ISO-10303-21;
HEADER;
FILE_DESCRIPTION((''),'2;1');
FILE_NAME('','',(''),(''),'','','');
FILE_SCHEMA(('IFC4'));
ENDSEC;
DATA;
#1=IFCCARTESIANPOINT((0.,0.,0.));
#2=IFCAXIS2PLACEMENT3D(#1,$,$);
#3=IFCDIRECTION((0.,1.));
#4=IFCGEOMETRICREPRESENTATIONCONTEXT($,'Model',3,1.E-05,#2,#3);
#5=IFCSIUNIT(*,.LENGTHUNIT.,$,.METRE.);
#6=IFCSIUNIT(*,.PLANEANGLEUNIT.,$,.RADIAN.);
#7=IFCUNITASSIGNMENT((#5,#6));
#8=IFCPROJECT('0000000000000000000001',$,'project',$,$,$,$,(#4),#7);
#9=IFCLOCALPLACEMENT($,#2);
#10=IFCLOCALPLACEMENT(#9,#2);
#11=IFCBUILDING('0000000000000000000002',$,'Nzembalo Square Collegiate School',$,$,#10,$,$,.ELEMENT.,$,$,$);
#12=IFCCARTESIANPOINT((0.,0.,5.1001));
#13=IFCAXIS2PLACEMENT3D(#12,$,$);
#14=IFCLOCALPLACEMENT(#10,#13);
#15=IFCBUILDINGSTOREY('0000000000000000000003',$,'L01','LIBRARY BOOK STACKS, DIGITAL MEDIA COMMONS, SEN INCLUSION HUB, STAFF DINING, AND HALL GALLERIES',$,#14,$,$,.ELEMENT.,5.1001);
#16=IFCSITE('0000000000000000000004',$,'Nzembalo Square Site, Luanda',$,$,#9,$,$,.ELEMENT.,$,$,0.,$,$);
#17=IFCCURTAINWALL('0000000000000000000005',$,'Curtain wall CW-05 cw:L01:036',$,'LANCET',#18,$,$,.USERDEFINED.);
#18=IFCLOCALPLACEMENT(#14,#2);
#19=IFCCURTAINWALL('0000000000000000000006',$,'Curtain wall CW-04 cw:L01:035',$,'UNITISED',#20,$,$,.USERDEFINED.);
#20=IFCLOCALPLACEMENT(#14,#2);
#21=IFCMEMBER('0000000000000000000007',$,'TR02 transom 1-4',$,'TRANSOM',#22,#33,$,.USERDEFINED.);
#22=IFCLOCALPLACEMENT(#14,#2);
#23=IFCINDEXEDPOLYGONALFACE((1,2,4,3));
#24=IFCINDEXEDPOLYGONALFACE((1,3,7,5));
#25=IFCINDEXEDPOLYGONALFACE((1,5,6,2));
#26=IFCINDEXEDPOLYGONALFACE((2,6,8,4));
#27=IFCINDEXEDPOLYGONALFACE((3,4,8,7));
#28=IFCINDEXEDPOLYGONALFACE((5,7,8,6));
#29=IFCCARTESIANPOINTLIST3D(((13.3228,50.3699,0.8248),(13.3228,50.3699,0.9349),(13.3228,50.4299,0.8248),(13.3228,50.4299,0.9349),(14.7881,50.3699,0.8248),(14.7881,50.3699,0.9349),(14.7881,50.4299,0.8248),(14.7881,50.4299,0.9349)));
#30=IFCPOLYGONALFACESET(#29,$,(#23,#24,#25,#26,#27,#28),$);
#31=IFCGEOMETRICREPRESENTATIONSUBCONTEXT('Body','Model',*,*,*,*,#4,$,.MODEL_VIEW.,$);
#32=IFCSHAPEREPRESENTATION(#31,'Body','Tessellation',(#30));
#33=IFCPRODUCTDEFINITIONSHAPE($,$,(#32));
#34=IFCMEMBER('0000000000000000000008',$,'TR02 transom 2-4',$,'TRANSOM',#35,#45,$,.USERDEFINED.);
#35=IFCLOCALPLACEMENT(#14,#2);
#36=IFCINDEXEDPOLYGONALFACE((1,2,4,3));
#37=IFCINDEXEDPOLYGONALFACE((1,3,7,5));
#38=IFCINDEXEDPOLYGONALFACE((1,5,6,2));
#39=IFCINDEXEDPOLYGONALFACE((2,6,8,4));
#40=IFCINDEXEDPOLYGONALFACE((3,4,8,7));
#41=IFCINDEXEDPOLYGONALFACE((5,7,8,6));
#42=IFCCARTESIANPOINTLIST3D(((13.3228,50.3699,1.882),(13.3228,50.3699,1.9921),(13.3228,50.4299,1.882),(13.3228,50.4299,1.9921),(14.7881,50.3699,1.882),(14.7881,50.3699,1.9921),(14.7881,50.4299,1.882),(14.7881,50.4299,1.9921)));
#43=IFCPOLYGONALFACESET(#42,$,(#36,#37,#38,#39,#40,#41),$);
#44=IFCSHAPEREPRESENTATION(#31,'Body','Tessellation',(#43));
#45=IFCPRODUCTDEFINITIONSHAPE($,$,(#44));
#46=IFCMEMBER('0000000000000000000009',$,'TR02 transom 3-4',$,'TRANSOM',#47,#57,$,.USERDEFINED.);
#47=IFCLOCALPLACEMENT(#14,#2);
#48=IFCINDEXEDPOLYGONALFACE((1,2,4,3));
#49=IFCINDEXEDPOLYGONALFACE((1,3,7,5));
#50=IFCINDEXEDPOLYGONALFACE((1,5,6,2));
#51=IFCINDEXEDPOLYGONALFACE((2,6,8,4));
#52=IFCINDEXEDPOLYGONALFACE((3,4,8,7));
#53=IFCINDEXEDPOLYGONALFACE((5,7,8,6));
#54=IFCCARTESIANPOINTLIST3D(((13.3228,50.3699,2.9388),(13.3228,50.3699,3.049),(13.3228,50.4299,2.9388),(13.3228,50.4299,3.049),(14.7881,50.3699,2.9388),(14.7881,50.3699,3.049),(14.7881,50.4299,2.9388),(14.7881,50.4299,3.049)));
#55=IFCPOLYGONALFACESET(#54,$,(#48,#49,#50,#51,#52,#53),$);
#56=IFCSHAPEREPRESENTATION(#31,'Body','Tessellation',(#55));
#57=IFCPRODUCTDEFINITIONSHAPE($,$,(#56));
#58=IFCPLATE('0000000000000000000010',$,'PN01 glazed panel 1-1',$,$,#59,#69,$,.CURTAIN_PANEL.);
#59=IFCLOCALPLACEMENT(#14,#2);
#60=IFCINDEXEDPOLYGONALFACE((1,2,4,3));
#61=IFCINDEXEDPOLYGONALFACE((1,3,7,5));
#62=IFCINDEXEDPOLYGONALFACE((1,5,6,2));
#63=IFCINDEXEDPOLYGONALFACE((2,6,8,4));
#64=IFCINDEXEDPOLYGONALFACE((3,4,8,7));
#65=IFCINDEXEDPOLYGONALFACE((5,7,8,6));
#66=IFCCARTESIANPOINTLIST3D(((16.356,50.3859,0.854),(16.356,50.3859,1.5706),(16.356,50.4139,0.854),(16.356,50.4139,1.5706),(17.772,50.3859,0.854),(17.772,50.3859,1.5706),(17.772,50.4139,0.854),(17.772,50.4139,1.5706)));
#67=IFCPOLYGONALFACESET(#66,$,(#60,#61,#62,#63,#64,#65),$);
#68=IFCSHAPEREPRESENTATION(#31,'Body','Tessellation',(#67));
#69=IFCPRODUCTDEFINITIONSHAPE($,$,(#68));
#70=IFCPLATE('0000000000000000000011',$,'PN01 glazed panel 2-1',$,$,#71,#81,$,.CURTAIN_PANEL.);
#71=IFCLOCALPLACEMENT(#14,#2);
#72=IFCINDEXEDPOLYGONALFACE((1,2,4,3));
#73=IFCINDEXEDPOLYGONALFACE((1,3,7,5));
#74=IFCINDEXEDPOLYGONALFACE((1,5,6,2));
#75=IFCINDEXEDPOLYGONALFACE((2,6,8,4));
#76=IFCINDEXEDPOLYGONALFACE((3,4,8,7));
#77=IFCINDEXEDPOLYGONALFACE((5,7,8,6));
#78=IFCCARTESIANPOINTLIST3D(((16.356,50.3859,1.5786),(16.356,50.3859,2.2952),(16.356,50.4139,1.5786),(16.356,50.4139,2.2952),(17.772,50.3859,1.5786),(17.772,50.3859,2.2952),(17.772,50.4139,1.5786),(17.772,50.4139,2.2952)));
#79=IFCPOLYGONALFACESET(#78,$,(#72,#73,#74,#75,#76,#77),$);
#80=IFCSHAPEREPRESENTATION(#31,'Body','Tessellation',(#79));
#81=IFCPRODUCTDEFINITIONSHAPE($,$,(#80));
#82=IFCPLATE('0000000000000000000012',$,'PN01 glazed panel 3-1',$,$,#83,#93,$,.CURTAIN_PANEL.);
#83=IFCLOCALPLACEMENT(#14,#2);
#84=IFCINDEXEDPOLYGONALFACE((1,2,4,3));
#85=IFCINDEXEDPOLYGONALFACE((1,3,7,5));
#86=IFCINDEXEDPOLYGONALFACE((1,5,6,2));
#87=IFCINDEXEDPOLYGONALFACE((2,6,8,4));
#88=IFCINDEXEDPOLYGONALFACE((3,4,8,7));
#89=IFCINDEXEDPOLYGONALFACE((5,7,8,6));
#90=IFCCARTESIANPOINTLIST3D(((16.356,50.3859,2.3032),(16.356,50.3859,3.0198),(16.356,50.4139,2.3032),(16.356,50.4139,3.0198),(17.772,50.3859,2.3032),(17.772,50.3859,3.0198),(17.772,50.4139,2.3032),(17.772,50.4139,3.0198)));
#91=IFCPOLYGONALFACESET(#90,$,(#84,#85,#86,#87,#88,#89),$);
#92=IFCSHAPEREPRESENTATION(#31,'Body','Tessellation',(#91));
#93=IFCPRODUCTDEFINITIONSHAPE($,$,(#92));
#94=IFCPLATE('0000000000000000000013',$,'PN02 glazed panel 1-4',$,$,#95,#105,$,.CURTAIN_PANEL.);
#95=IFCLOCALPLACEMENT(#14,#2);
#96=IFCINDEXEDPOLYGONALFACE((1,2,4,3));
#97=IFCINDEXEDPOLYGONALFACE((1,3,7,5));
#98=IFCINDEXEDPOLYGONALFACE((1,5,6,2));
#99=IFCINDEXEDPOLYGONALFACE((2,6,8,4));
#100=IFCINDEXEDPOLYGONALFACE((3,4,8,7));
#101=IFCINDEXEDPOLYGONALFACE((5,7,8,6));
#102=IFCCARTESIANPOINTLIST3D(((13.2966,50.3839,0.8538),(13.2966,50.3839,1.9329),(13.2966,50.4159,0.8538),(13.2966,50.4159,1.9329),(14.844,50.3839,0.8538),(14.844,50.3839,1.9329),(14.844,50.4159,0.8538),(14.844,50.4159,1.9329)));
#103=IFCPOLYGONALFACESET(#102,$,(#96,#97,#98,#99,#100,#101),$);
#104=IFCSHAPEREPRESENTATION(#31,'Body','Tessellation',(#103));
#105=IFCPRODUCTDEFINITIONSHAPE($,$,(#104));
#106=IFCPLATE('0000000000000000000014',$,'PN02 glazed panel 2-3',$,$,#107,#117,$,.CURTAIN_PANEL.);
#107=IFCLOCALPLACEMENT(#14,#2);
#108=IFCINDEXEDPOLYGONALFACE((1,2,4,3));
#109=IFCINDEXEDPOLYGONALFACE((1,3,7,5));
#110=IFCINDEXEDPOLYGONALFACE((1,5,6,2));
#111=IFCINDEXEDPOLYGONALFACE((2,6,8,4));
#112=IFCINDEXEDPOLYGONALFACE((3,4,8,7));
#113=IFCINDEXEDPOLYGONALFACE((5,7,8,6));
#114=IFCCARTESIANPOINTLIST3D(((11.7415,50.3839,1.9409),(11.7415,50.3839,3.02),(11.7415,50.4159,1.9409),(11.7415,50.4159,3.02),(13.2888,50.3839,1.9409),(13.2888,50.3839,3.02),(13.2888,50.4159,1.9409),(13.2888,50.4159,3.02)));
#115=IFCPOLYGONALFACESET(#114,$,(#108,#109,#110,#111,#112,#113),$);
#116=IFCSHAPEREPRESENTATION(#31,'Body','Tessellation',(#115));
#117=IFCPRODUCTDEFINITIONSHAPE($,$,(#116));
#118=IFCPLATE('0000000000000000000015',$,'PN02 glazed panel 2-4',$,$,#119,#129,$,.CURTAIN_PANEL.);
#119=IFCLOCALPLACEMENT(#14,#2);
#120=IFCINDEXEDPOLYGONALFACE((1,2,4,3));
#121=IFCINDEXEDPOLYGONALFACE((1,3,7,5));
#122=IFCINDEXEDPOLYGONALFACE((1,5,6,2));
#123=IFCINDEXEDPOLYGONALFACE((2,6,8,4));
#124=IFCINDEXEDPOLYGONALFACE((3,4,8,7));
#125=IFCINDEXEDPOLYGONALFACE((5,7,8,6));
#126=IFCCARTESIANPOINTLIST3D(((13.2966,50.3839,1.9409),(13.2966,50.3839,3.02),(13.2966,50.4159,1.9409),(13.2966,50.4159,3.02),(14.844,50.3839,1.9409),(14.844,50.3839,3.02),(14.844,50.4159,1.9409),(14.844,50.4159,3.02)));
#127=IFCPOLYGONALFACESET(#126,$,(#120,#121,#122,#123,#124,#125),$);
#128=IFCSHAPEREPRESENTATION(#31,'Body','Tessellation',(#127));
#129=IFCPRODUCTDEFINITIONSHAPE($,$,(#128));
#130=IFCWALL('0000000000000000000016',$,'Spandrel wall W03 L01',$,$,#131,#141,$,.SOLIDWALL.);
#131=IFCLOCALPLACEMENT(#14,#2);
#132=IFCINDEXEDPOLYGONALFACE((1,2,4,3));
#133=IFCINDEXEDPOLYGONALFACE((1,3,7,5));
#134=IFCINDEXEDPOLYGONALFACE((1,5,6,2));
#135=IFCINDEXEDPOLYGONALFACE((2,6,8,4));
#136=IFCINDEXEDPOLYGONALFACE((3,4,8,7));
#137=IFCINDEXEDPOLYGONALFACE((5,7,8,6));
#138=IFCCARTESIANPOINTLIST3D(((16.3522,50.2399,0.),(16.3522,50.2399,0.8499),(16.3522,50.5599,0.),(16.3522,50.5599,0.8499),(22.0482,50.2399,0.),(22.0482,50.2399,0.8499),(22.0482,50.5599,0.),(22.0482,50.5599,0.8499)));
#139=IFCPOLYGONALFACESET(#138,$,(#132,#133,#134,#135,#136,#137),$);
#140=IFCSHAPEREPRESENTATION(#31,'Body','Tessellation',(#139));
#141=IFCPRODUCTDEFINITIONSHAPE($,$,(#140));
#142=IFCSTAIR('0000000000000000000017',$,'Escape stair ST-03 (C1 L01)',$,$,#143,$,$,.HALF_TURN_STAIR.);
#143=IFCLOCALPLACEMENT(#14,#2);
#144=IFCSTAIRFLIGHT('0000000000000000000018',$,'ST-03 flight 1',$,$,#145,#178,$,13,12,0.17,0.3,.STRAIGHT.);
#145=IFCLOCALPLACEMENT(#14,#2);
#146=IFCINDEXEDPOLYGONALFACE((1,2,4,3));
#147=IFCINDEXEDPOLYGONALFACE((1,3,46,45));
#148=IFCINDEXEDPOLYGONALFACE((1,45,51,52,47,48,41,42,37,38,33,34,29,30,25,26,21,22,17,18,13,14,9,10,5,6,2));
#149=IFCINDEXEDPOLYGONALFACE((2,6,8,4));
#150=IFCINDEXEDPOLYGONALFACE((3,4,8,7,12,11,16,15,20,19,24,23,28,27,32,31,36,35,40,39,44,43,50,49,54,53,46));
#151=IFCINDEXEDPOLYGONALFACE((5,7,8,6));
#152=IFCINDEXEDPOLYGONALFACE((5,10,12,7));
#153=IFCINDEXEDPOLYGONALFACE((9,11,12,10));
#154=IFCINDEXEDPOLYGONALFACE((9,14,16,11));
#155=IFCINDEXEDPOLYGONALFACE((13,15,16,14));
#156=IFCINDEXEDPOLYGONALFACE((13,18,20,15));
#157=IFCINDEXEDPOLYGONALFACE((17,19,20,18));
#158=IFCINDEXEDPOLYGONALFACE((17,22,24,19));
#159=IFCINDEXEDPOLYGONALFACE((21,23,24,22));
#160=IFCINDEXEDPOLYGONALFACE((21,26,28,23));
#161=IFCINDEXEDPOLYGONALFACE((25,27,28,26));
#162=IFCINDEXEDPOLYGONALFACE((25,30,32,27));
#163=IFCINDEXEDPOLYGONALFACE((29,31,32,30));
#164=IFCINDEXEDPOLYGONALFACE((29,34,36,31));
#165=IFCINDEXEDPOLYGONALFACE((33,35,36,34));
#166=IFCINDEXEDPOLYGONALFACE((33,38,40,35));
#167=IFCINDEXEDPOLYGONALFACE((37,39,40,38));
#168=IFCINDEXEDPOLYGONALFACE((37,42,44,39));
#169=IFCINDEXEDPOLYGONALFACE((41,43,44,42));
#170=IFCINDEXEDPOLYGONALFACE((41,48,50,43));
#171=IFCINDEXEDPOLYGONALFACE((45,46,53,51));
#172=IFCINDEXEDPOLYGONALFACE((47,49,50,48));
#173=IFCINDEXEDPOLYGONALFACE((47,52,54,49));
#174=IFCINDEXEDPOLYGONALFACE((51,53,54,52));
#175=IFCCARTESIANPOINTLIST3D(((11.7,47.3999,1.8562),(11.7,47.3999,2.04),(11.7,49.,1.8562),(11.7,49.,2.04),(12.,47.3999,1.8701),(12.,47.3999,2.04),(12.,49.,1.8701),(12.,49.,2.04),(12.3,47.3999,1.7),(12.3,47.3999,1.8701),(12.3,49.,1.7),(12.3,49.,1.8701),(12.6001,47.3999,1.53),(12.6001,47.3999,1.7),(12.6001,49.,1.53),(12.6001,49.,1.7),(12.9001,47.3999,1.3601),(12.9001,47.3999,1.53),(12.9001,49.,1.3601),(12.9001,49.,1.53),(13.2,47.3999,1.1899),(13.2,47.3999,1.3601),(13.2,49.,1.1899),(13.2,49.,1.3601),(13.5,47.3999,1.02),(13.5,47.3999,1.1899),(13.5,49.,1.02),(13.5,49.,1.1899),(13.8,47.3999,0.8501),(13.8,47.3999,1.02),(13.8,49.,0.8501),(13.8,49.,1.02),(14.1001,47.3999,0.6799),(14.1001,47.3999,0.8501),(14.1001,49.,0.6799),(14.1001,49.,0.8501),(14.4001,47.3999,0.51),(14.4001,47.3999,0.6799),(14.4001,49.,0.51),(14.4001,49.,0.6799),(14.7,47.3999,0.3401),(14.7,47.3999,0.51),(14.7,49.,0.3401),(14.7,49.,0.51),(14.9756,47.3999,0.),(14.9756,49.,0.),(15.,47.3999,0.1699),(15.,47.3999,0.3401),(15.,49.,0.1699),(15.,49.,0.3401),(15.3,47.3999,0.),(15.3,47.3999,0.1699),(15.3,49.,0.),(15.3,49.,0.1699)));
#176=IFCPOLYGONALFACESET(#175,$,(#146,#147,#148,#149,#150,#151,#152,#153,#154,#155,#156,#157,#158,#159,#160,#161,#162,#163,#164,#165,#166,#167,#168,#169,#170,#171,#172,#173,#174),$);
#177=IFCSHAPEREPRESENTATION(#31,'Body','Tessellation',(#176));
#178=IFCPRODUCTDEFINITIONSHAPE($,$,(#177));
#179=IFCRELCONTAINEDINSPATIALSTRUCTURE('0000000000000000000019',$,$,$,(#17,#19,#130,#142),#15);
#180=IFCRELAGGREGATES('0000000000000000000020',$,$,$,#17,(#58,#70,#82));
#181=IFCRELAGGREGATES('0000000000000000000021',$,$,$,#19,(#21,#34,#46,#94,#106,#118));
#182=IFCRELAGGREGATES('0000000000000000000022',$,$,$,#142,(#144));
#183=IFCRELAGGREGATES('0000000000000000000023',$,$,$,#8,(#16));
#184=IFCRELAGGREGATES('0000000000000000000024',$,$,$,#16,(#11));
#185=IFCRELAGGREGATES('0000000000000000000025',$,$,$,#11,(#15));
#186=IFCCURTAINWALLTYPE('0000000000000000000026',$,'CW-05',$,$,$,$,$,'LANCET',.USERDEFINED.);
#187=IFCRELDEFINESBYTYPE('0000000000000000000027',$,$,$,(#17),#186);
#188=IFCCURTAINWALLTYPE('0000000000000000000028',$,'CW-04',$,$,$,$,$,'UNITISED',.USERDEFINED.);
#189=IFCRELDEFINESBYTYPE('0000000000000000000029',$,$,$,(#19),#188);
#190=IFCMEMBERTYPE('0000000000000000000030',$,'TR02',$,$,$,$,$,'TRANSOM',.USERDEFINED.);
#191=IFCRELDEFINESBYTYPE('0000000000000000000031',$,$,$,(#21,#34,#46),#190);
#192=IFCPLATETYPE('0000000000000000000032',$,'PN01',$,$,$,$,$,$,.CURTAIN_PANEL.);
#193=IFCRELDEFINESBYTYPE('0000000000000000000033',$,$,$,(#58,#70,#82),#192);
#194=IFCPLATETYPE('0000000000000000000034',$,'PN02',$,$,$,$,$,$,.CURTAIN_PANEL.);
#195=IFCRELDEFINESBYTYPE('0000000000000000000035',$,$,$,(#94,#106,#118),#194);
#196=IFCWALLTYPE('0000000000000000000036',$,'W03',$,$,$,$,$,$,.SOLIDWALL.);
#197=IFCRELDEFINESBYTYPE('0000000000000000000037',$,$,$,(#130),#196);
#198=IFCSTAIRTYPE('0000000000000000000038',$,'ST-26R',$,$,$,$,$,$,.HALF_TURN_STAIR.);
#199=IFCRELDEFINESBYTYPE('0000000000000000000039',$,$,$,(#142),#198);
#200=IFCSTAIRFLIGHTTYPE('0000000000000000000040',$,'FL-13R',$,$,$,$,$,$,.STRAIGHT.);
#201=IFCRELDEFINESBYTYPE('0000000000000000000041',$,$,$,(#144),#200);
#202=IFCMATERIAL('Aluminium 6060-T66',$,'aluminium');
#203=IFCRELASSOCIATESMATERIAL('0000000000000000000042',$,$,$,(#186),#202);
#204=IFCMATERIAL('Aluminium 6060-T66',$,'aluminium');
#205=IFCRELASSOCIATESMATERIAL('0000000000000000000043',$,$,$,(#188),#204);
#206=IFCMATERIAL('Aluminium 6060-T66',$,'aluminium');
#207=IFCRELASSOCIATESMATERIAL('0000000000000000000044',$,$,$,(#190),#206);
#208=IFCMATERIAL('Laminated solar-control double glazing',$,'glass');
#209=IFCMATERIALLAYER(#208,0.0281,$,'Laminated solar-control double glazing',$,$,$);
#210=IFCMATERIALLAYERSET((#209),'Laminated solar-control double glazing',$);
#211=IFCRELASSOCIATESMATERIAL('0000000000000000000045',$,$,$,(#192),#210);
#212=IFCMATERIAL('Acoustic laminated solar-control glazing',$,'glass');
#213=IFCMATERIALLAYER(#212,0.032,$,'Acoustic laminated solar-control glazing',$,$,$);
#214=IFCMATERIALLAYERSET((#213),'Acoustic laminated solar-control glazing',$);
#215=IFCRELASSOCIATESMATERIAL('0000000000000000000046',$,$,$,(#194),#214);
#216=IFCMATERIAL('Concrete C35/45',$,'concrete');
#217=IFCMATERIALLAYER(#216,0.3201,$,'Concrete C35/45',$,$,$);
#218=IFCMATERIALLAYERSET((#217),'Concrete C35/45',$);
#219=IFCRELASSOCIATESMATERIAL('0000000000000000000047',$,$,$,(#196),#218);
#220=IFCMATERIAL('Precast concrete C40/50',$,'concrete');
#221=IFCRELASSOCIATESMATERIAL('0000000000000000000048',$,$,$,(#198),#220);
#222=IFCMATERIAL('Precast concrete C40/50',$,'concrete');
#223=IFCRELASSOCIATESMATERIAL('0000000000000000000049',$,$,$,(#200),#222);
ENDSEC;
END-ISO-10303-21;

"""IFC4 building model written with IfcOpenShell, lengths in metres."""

from ifc_helpers import new_model, si_unit, direction, frame, frame_2d, origin, origin_2d, place, context, subcontext, project, spatial, polyline, rectangle, outline, extrude, material, layer, layer_set, material_profile, profile_set, type_object, element, aggregate, save


model = new_model("IFC4")

# Units and contexts
model_context = context("Model", 3, precision=1e-05, world=origin(), true_north=direction((0.0, 1.0)))
body_context = subcontext(model_context, "Body", "Model", "MODEL_VIEW")
ifc_project = project(units=[si_unit("LENGTHUNIT", "METRE"), si_unit("PLANEANGLEUNIT", "RADIAN")], contexts=[model_context])

# Site, building, storey
site_placement = place(None, origin())
site = spatial("IfcSite", under=ifc_project, at=site_placement, Name="Nzembalo Square Site, Luanda", CompositionType="ELEMENT", RefElevation=0.0)
building_placement = place(site_placement, origin())
building = spatial("IfcBuilding", under=site, at=building_placement, Name="Nzembalo Square Collegiate School", CompositionType="ELEMENT")
storey_placement = place(building_placement, frame((0.0, 0.0, 5.1001)))
storey = spatial("IfcBuildingStorey", under=building, at=storey_placement, Name="L01", Description="LIBRARY BOOK STACKS, DIGITAL MEDIA COMMONS, SEN INCLUSION HUB, STAFF DINING, AND HALL GALLERIES", CompositionType="ELEMENT", Elevation=5.1001)

# Curtain walls
ifc_material_1 = material(Name="Aluminium 6060-T66", Category="aluminium")
curtain_wall_type_1 = type_object("IfcCurtainWallType", Name="CW-05", ElementType="LANCET", PredefinedType="USERDEFINED", material=ifc_material_1)
curtain_wall_1_placement = place(storey_placement, origin())
curtain_wall_1 = element("IfcCurtainWall", 1, at=curtain_wall_1_placement, inside=storey, type_object=curtain_wall_type_1, Name="Curtain wall CW-05 cw:L01:036", ObjectType="LANCET", PredefinedType="USERDEFINED")
ifc_material_2 = material(Name="Aluminium 6060-T66", Category="aluminium")
curtain_wall_type_2 = type_object("IfcCurtainWallType", Name="CW-04", ElementType="UNITISED", PredefinedType="USERDEFINED", material=ifc_material_2)
curtain_wall_2_placement = place(storey_placement, origin())
curtain_wall_2 = element("IfcCurtainWall", 2, at=curtain_wall_2_placement, inside=storey, type_object=curtain_wall_type_2, Name="Curtain wall CW-04 cw:L01:035", ObjectType="UNITISED", PredefinedType="USERDEFINED")

# Members
ifc_material_3 = material(Name="Aluminium 6060-T66", Category="aluminium")
ifc_material_profile_1 = material_profile(ifc_material_3, rectangle(XDim=0.0601, YDim=0.1101, at=origin_2d()), Name="ALU T60x110")
ifc_profile_set_1 = profile_set([ifc_material_profile_1], Name="Aluminium 6060-T66")
member_type_1 = type_object("IfcMemberType", Name="TR02", ElementType="TRANSOM", PredefinedType="USERDEFINED", material=ifc_profile_set_1)
member_1_placement = place(storey_placement, frame((13.3228, 50.3999, 0.8799), z_axis=(1.0, 0.0, 0.0), x_axis=(0.0, 1.0, 0.0)))
member_1 = element("IfcMember", 3, at=member_1_placement, type_object=member_type_1, Name="TR02 transom 1-4", ObjectType="TRANSOM", PredefinedType="USERDEFINED", context=body_context, shape_type="SweptSolid", body=[
    extrude(rectangle(XDim=0.0601, YDim=0.1101, at=origin_2d()), origin(), (0.0, 0.0, 1.0), 1.4653),
])
member_2_placement = place(storey_placement, frame((13.3228, 50.3999, 1.937), z_axis=(1.0, 0.0, 0.0), x_axis=(0.0, 1.0, 0.0)))
member_2 = element("IfcMember", 4, at=member_2_placement, type_object=member_type_1, Name="TR02 transom 2-4", ObjectType="TRANSOM", PredefinedType="USERDEFINED", context=body_context, shape_type="SweptSolid", body=[
    extrude(rectangle(XDim=0.0601, YDim=0.1101, at=origin_2d()), origin(), (0.0, 0.0, 1.0), 1.4653),
])
member_3_placement = place(storey_placement, frame((13.3228, 50.3999, 2.9939), z_axis=(1.0, 0.0, 0.0), x_axis=(0.0, 1.0, 0.0)))
member_3 = element("IfcMember", 5, at=member_3_placement, type_object=member_type_1, Name="TR02 transom 3-4", ObjectType="TRANSOM", PredefinedType="USERDEFINED", context=body_context, shape_type="SweptSolid", body=[
    extrude(rectangle(XDim=0.0601, YDim=0.1101, at=origin_2d()), origin(), (0.0, 0.0, 1.0), 1.4653),
])

# Plates
ifc_material_4 = material(Name="Laminated solar-control double glazing", Category="glass")
ifc_layer_1 = layer(ifc_material_4, 0.0281, Name="Laminated solar-control double glazing")
ifc_layer_set_1 = layer_set([ifc_layer_1], Name="Laminated solar-control double glazing")
plate_type_1 = type_object("IfcPlateType", Name="PN01", PredefinedType="CURTAIN_PANEL", material=ifc_layer_set_1)
plate_1_placement = place(storey_placement, frame((17.064, 50.3999, 0.854), z_axis=(0.0, 0.0, 1.0), x_axis=(1.0, 0.0, 0.0)))
plate_1 = element("IfcPlate", 6, at=plate_1_placement, type_object=plate_type_1, Name="PN01 glazed panel 1-1", PredefinedType="CURTAIN_PANEL", context=body_context, shape_type="SweptSolid", body=[
    extrude(rectangle(XDim=1.416, YDim=0.0281, at=origin_2d()), origin(), (0.0, 0.0, 1.0), 0.7166),
])
plate_2_placement = place(storey_placement, frame((17.064, 50.3999, 1.5786), z_axis=(0.0, 0.0, 1.0), x_axis=(1.0, 0.0, 0.0)))
plate_2 = element("IfcPlate", 7, at=plate_2_placement, type_object=plate_type_1, Name="PN01 glazed panel 2-1", PredefinedType="CURTAIN_PANEL", context=body_context, shape_type="SweptSolid", body=[
    extrude(rectangle(XDim=1.416, YDim=0.0281, at=origin_2d()), origin(), (0.0, 0.0, 1.0), 0.7166),
])
plate_3_placement = place(storey_placement, frame((17.064, 50.3999, 2.3032), z_axis=(0.0, 0.0, 1.0), x_axis=(1.0, 0.0, 0.0)))
plate_3 = element("IfcPlate", 8, at=plate_3_placement, type_object=plate_type_1, Name="PN01 glazed panel 3-1", PredefinedType="CURTAIN_PANEL", context=body_context, shape_type="SweptSolid", body=[
    extrude(rectangle(XDim=1.416, YDim=0.0281, at=origin_2d()), origin(), (0.0, 0.0, 1.0), 0.7166),
])
aggregate(curtain_wall_1, [plate_1, plate_2, plate_3])
ifc_material_5 = material(Name="Acoustic laminated solar-control glazing", Category="glass")
ifc_layer_2 = layer(ifc_material_5, 0.032, Name="Acoustic laminated solar-control glazing")
ifc_layer_set_2 = layer_set([ifc_layer_2], Name="Acoustic laminated solar-control glazing")
plate_type_2 = type_object("IfcPlateType", Name="PN02", PredefinedType="CURTAIN_PANEL", material=ifc_layer_set_2)
plate_4_placement = place(storey_placement, frame((14.0703, 50.3999, 0.8538), z_axis=(0.0, 0.0, 1.0), x_axis=(1.0, 0.0, 0.0)))
plate_4 = element("IfcPlate", 9, at=plate_4_placement, type_object=plate_type_2, Name="PN02 glazed panel 1-4", PredefinedType="CURTAIN_PANEL", context=body_context, shape_type="SweptSolid", body=[
    extrude(rectangle(XDim=1.5474, YDim=0.032, at=origin_2d()), origin(), (0.0, 0.0, 1.0), 1.0791),
])
plate_5_placement = place(storey_placement, frame((12.5151, 50.3999, 1.9409), z_axis=(0.0, 0.0, 1.0), x_axis=(1.0, 0.0, 0.0)))
plate_5 = element("IfcPlate", 10, at=plate_5_placement, type_object=plate_type_2, Name="PN02 glazed panel 2-3", PredefinedType="CURTAIN_PANEL", context=body_context, shape_type="SweptSolid", body=[
    extrude(rectangle(XDim=1.5474, YDim=0.032, at=origin_2d()), origin(), (0.0, 0.0, 1.0), 1.0791),
])
plate_6_placement = place(storey_placement, frame((14.0703, 50.3999, 1.9409), z_axis=(0.0, 0.0, 1.0), x_axis=(1.0, 0.0, 0.0)))
plate_6 = element("IfcPlate", 11, at=plate_6_placement, type_object=plate_type_2, Name="PN02 glazed panel 2-4", PredefinedType="CURTAIN_PANEL", context=body_context, shape_type="SweptSolid", body=[
    extrude(rectangle(XDim=1.5474, YDim=0.032, at=origin_2d()), origin(), (0.0, 0.0, 1.0), 1.0791),
])
aggregate(curtain_wall_2, [member_1, member_2, member_3, plate_4, plate_5, plate_6])

# Wall
ifc_material_6 = material(Name="Concrete C35/45", Category="concrete")
ifc_layer_3 = layer(ifc_material_6, 0.3201, Name="Concrete C35/45")
ifc_layer_set_3 = layer_set([ifc_layer_3], Name="Concrete C35/45")
wall_type = type_object("IfcWallType", Name="W03", PredefinedType="SOLIDWALL", material=ifc_layer_set_3)
wall_placement = place(storey_placement, frame((16.3521, 50.3999, 0.0), z_axis=(0.0, 0.0, 1.0), x_axis=(1.0, 0.0, 0.0)))
element("IfcWall", 12, at=wall_placement, inside=storey, type_object=wall_type, Name="Spandrel wall W03 L01", PredefinedType="SOLIDWALL", context=body_context, shape_type="SweptSolid", body=[
    extrude(rectangle(XDim=5.696, YDim=0.3201, at=frame_2d((2.8481, 0.0))), origin(), (0.0, 0.0, 1.0), 0.8499),
])

# Stair, stair flight
ifc_material_7 = material(Name="Precast concrete C40/50", Category="concrete")
stair_type = type_object("IfcStairType", Name="ST-26R", PredefinedType="HALF_TURN_STAIR", material=ifc_material_7)
stair_placement = place(storey_placement, origin())
stair = element("IfcStair", 13, at=stair_placement, inside=storey, type_object=stair_type, Name="Escape stair ST-03 (C1 L01)", PredefinedType="HALF_TURN_STAIR")
ifc_material_8 = material(Name="Precast concrete C40/50", Category="concrete")
stair_flight_type = type_object("IfcStairFlightType", Name="FL-13R", PredefinedType="STRAIGHT", material=ifc_material_8)
stair_flight_placement = place(storey_placement, frame((15.3, 48.2, 0.0), z_axis=(0.0, 0.0, 1.0), x_axis=(-1.0, 0.0, 0.0)))
stair_flight = element("IfcStairFlight", 14, at=stair_flight_placement, type_object=stair_flight_type, Name="ST-03 flight 1", NumberOfRisers=13, NumberOfTreads=12, PredefinedType="STRAIGHT", RiserHeight=0.17, TreadLength=0.3, context=body_context, shape_type="SweptSolid", body=[
    extrude(outline(polyline([(0.0, 0.0), (0.0, 0.1699), (0.3, 0.1699), (0.3, 0.3401), (0.6001, 0.3401), (0.6001, 0.51), (0.8999, 0.51), (0.8999, 0.6799), (1.2, 0.6799), (1.2, 0.8501), (1.5, 0.8501), (1.5, 1.02), (1.8, 1.02), (1.8, 1.1899), (2.1001, 1.1899), (2.1001, 1.3601), (2.3999, 1.3601), (2.3999, 1.53), (2.7, 1.53), (2.7, 1.7), (3.0, 1.7), (3.0, 1.8701), (3.3, 1.8701), (3.3, 2.04), (3.6001, 2.04), (3.6001, 2.21), (3.6001, 1.8562), (0.3245, 0.0), (0.0, 0.0)])), frame((0.0, 0.8, 0.0), z_axis=(0.0, -1.0, 0.0), x_axis=(1.0, 0.0, 0.0)), (0.0, 0.0, 1.0), 1.6001),
])
aggregate(stair, [stair_flight])

save(model, "model.ifc")
